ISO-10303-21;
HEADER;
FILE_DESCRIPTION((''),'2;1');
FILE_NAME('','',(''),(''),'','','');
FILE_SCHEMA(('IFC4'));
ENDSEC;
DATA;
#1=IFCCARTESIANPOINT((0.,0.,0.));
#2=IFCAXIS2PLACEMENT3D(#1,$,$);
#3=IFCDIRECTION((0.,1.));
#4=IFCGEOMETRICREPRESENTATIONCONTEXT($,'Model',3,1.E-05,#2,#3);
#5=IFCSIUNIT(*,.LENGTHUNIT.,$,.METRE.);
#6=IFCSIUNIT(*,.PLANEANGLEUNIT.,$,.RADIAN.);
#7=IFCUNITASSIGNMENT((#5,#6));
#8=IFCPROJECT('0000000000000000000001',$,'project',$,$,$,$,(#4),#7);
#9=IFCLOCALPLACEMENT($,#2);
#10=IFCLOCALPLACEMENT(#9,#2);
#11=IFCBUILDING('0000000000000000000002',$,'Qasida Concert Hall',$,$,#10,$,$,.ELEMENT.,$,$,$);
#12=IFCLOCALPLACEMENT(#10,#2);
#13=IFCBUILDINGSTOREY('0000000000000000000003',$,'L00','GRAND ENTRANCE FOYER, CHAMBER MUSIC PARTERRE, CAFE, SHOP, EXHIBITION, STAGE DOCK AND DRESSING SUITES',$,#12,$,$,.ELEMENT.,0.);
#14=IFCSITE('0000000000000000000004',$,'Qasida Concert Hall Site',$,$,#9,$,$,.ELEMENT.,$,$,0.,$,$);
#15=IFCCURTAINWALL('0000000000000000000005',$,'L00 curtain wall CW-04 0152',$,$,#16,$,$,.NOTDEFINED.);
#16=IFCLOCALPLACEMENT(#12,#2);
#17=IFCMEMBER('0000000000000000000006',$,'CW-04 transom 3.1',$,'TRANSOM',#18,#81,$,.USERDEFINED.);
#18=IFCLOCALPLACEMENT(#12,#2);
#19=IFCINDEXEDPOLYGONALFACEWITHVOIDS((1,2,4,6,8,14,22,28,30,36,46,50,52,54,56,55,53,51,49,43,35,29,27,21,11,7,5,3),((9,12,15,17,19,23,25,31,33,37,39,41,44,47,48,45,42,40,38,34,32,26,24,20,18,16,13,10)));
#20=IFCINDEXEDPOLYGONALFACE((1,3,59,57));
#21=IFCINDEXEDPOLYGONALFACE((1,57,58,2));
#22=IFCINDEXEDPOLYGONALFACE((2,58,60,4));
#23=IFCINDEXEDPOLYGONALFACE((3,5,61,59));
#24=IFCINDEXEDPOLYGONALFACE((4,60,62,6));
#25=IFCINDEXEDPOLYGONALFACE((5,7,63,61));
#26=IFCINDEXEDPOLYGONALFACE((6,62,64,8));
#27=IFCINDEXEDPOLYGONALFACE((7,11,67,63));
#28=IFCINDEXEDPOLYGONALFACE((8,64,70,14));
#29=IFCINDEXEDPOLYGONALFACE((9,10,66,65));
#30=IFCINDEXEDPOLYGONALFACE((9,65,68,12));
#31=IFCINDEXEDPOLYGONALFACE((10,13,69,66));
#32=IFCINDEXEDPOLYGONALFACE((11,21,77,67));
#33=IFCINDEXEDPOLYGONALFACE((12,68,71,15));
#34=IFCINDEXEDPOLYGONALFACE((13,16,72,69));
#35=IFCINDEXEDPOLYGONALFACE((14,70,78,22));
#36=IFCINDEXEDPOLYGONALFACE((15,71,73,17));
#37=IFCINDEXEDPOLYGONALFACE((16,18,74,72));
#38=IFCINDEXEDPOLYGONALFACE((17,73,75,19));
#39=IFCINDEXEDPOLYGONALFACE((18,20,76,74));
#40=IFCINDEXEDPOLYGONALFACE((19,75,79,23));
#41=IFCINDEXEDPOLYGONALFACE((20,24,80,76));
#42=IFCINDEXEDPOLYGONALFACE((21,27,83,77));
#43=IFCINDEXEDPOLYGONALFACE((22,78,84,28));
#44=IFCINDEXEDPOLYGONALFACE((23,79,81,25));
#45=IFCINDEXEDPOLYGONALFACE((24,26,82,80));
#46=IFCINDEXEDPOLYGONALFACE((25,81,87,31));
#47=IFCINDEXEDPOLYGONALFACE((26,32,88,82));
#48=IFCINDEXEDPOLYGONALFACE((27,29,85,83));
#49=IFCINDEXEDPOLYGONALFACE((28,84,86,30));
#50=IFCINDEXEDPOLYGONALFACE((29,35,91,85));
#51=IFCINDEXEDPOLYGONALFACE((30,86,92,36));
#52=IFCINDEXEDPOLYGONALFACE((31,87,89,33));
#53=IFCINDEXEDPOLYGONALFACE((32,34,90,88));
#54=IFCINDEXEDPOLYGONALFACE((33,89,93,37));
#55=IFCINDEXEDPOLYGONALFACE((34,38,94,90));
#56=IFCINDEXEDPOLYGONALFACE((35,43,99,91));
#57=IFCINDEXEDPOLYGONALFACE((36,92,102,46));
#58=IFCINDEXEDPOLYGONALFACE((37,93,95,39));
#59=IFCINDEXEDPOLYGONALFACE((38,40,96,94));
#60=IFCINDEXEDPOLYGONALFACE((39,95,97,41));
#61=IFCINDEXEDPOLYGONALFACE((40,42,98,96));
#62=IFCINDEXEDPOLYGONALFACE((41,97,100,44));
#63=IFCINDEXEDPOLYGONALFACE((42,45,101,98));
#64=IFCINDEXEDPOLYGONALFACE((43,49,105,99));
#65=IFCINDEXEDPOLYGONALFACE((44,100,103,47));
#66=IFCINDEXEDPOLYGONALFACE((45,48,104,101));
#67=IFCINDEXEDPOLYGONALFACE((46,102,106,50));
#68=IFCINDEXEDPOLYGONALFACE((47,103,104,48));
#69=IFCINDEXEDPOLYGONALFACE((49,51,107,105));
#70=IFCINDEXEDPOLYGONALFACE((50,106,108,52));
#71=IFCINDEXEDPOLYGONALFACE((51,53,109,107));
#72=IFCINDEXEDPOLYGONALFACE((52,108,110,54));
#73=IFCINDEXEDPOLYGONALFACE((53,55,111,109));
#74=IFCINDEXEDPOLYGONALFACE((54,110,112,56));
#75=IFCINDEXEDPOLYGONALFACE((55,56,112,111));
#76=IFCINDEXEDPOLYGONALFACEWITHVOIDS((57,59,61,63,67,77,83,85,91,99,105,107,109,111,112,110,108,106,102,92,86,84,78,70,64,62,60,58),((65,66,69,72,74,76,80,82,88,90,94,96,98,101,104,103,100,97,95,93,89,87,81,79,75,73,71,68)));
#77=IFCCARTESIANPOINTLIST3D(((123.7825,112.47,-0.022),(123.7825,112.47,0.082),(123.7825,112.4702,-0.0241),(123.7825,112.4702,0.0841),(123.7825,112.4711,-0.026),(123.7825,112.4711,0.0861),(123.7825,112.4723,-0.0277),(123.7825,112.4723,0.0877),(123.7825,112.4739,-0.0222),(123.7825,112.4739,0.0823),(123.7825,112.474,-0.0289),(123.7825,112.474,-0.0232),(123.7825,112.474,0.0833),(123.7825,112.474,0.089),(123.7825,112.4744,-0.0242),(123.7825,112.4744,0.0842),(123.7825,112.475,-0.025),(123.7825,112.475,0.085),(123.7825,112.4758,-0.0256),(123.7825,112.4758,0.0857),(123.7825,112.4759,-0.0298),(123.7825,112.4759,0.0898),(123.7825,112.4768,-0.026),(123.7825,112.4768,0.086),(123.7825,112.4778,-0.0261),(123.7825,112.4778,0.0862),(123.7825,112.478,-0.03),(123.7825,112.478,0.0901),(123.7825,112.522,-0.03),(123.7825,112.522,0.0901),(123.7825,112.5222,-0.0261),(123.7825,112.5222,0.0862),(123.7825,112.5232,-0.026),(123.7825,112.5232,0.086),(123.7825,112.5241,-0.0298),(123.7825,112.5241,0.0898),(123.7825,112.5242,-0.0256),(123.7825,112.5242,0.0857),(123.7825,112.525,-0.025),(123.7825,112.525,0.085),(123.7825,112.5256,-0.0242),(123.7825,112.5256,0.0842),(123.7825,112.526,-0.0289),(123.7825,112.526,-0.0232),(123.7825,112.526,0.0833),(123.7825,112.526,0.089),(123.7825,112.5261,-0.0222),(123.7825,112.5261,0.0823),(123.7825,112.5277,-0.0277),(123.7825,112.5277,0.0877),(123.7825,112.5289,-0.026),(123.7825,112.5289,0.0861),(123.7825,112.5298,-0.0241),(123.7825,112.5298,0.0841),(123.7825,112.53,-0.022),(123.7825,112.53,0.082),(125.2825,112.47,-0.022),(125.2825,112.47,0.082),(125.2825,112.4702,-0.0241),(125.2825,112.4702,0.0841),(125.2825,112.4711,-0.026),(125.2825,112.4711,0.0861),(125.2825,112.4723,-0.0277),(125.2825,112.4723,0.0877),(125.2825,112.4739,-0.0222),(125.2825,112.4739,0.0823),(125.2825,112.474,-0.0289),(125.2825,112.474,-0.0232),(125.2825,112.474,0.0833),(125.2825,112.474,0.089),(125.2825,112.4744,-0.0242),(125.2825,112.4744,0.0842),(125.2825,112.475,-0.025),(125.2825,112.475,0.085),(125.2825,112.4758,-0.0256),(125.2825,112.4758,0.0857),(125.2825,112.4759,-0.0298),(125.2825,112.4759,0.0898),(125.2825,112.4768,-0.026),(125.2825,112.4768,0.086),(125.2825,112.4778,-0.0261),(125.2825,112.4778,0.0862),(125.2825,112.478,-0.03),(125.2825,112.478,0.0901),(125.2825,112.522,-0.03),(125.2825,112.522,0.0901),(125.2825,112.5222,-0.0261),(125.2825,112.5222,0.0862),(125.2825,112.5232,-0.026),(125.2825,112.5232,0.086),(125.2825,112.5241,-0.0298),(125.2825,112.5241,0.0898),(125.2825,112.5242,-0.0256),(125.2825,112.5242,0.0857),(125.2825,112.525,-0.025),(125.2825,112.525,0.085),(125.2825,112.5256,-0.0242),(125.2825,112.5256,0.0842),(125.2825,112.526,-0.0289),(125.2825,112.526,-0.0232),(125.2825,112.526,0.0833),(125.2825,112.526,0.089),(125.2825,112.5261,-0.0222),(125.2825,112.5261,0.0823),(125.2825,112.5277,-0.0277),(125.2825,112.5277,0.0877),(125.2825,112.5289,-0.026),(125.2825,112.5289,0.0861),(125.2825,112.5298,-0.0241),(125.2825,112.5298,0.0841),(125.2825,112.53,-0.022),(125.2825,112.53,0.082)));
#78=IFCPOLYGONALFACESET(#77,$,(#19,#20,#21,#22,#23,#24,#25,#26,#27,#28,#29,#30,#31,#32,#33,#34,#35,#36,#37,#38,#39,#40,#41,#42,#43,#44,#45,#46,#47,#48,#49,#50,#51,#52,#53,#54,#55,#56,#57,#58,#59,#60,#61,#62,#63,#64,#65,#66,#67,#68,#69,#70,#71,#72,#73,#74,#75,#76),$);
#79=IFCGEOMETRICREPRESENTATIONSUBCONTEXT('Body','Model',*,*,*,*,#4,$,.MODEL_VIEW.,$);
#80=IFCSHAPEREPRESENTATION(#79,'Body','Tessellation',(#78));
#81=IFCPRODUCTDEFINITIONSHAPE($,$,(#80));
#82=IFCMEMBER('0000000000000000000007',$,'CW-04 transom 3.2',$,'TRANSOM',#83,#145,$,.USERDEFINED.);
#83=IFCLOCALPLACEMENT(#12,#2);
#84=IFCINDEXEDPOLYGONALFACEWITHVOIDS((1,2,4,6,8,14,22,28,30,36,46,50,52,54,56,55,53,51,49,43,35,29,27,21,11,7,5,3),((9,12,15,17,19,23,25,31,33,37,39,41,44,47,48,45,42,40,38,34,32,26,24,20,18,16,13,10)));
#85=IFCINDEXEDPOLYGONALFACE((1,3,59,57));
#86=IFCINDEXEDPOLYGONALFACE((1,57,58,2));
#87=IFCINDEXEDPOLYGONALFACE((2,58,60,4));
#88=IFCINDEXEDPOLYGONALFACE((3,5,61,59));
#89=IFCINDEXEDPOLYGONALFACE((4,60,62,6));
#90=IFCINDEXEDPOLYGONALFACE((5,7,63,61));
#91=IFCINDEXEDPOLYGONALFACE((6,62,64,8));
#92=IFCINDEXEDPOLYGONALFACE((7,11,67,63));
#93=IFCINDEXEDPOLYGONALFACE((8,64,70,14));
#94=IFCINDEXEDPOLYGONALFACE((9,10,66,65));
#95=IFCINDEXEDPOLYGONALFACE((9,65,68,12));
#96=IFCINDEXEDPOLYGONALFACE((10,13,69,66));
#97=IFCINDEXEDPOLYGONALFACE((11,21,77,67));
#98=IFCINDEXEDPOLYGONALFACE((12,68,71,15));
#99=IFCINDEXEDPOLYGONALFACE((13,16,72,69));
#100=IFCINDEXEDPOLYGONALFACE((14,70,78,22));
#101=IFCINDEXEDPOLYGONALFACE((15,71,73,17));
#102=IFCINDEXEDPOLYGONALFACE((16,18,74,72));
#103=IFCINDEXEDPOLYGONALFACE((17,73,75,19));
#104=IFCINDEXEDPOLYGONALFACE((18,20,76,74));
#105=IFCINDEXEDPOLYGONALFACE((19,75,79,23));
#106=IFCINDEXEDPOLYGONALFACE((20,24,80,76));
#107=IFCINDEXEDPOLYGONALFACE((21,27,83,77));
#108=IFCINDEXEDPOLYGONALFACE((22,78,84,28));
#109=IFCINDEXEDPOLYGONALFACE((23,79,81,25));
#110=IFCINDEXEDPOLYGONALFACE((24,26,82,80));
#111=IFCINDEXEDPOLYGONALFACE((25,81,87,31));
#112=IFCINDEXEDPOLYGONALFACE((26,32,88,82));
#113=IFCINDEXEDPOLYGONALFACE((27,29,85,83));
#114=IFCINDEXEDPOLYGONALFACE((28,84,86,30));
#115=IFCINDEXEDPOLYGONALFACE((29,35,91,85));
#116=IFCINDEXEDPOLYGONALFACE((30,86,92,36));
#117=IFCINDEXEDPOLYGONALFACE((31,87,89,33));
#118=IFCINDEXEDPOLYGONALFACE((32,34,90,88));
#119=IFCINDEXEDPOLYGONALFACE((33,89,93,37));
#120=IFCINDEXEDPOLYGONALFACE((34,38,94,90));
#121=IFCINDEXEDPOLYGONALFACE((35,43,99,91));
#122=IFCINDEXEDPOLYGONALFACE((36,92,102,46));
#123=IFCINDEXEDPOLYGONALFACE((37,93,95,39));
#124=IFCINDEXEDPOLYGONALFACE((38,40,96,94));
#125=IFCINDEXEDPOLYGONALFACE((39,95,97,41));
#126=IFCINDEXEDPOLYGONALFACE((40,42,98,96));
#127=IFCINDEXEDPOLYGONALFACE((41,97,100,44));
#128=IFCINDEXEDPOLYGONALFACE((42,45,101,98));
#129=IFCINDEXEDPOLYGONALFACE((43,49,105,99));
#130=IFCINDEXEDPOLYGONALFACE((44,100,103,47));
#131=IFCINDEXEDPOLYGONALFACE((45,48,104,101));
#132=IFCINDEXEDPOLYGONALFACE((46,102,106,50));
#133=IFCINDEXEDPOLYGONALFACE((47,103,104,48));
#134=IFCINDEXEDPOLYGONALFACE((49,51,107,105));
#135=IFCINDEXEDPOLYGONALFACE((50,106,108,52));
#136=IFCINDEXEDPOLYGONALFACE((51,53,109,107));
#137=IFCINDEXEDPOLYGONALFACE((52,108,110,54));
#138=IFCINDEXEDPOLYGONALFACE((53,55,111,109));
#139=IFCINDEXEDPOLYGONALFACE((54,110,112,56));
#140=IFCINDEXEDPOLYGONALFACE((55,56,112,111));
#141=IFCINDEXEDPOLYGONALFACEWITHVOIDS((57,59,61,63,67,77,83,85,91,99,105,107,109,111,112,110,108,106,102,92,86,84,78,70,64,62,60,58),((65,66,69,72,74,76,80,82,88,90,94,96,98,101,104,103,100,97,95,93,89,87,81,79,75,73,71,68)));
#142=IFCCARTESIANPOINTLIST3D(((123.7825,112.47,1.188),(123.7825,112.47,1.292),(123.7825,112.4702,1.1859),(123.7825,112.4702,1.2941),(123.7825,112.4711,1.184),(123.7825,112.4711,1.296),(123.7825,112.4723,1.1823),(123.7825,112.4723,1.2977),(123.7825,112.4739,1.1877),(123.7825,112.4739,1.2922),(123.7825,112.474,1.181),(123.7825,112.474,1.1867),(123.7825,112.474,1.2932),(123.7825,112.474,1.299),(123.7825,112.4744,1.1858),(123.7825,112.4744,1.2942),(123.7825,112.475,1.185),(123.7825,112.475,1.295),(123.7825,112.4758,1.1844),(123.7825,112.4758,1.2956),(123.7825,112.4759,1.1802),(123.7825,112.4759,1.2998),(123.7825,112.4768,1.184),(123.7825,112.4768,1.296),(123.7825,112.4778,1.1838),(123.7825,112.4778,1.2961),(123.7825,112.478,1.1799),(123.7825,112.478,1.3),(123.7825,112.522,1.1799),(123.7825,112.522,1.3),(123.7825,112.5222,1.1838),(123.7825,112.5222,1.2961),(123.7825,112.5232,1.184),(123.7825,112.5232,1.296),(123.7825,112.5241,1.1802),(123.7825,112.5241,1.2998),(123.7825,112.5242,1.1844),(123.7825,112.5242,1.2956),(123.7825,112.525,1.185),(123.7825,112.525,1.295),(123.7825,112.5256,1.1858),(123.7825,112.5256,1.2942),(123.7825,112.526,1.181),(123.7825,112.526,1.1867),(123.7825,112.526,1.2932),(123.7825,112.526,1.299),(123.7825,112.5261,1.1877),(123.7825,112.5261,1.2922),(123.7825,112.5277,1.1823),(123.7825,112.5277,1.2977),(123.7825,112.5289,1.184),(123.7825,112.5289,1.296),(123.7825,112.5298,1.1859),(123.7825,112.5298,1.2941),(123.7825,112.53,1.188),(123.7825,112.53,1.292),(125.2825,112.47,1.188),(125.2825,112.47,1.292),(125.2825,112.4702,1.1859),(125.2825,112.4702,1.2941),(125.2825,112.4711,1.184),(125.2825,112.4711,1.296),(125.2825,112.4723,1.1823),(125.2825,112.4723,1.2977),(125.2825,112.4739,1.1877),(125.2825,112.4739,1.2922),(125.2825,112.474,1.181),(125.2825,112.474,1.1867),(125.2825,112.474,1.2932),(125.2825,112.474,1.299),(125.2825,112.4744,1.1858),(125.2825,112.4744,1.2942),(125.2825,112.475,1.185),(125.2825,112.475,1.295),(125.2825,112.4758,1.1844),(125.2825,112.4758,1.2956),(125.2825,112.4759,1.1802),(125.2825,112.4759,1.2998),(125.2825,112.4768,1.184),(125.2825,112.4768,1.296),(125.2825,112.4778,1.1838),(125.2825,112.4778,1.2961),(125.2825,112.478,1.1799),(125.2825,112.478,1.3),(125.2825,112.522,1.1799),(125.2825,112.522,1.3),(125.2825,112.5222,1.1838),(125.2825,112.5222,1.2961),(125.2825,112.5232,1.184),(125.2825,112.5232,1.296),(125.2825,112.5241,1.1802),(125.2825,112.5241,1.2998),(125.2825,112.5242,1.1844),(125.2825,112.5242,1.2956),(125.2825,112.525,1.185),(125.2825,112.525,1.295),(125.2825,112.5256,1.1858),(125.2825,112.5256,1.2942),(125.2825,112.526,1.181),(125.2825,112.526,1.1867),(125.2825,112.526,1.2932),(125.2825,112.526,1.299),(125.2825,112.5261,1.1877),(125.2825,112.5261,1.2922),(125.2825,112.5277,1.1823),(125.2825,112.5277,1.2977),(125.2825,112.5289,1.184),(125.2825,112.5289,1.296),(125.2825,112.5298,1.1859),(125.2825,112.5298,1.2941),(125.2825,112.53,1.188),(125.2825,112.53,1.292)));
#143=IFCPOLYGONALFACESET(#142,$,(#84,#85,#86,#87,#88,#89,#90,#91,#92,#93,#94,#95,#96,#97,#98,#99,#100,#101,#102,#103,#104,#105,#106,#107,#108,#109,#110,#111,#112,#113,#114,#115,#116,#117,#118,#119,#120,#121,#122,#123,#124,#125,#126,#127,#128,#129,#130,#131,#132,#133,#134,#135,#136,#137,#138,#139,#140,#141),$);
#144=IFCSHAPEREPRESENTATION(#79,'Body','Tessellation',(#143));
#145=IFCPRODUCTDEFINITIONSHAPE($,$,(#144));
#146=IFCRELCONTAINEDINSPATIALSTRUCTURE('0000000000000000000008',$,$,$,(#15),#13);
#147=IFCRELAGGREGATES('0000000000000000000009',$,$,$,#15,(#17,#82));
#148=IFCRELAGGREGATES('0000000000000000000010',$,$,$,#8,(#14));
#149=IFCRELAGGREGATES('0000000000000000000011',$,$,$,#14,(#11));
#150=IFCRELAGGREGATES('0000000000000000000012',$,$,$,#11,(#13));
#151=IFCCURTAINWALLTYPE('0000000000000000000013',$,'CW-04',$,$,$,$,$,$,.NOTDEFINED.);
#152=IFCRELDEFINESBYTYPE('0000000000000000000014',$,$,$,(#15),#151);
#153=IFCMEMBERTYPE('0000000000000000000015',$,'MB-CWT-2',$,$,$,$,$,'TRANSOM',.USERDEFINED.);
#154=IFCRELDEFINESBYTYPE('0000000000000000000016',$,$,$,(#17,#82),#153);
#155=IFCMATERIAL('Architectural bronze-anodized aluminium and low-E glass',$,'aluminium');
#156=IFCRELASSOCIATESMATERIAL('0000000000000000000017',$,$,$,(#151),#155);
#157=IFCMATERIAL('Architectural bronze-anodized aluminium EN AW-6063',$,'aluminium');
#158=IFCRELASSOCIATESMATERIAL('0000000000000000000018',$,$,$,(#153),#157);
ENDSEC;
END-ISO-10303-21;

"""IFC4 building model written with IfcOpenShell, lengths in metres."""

from ifc_helpers import new_model, si_unit, direction, frame, origin, origin_2d, place, context, subcontext, project, spatial, hollow_rectangle, extrude, material, material_profile, profile_set, type_object, element, aggregate, save


model = new_model("IFC4")

# Units and contexts
model_context = context("Model", 3, precision=1e-05, world=origin(), true_north=direction((0.0, 1.0)))
body_context = subcontext(model_context, "Body", "Model", "MODEL_VIEW")
ifc_project = project(units=[si_unit("LENGTHUNIT", "METRE"), si_unit("PLANEANGLEUNIT", "RADIAN")], contexts=[model_context])

# Site, building, storey
site_placement = place(None, origin())
site = spatial("IfcSite", under=ifc_project, at=site_placement, Name="Qasida Concert Hall Site", CompositionType="ELEMENT", RefElevation=0.0)
building_placement = place(site_placement, origin())
building = spatial("IfcBuilding", under=site, at=building_placement, Name="Qasida Concert Hall", CompositionType="ELEMENT")
storey_placement = place(building_placement, origin())
storey = spatial("IfcBuildingStorey", under=building, at=storey_placement, Name="L00", Description="GRAND ENTRANCE FOYER, CHAMBER MUSIC PARTERRE, CAFE, SHOP, EXHIBITION, STAGE DOCK AND DRESSING SUITES", CompositionType="ELEMENT", Elevation=0.0)

# Curtain wall, members
ifc_material_1 = material(Name="Architectural bronze-anodized aluminium and low-E glass", Category="aluminium")
curtain_wall_type = type_object("IfcCurtainWallType", Name="CW-04", PredefinedType="NOTDEFINED", material=ifc_material_1)
curtain_wall_placement = place(storey_placement, origin())
curtain_wall = element("IfcCurtainWall", 1, at=curtain_wall_placement, inside=storey, type_object=curtain_wall_type, Name="L00 curtain wall CW-04 0152", PredefinedType="NOTDEFINED")
ifc_material_2 = material(Name="Architectural bronze-anodized aluminium EN AW-6063", Category="aluminium")
ifc_material_profile_1 = material_profile(ifc_material_2, hollow_rectangle(XDim=0.0601, YDim=0.1201, WallThickness=0.0039, InnerFilletRadius=0.0039, OuterFilletRadius=0.0081, at=origin_2d()), Name="CWT 120x60x4")
ifc_profile_set_1 = profile_set([ifc_material_profile_1], Name="Architectural bronze-anodized aluminium EN AW-6063")
member_type_1 = type_object("IfcMemberType", Name="MB-CWT-2", ElementType="TRANSOM", PredefinedType="USERDEFINED", material=ifc_profile_set_1)
member_1_placement = place(storey_placement, frame((123.7825, 112.5, 0.03), z_axis=(1.0, 0.0, 0.0), x_axis=(0.0, 1.0, 0.0)))
member_1 = element("IfcMember", 2, at=member_1_placement, type_object=member_type_1, Name="CW-04 transom 3.1", ObjectType="TRANSOM", PredefinedType="USERDEFINED", context=body_context, shape_type="SweptSolid", body=[
    extrude(hollow_rectangle(XDim=0.0601, YDim=0.1201, WallThickness=0.0039, InnerFilletRadius=0.0039, OuterFilletRadius=0.0081, at=origin_2d()), origin(), (0.0, 0.0, 1.0), 1.5),
])
member_2_placement = place(storey_placement, frame((123.7825, 112.5, 1.24), z_axis=(1.0, 0.0, 0.0), x_axis=(0.0, 1.0, 0.0)))
member_2 = element("IfcMember", 3, at=member_2_placement, type_object=member_type_1, Name="CW-04 transom 3.2", ObjectType="TRANSOM", PredefinedType="USERDEFINED", context=body_context, shape_type="SweptSolid", body=[
    extrude(hollow_rectangle(XDim=0.0601, YDim=0.1201, WallThickness=0.0039, InnerFilletRadius=0.0039, OuterFilletRadius=0.0081, at=origin_2d()), origin(), (0.0, 0.0, 1.0), 1.5),
])
aggregate(curtain_wall, [member_1, member_2])

save(model, "model.ifc")
